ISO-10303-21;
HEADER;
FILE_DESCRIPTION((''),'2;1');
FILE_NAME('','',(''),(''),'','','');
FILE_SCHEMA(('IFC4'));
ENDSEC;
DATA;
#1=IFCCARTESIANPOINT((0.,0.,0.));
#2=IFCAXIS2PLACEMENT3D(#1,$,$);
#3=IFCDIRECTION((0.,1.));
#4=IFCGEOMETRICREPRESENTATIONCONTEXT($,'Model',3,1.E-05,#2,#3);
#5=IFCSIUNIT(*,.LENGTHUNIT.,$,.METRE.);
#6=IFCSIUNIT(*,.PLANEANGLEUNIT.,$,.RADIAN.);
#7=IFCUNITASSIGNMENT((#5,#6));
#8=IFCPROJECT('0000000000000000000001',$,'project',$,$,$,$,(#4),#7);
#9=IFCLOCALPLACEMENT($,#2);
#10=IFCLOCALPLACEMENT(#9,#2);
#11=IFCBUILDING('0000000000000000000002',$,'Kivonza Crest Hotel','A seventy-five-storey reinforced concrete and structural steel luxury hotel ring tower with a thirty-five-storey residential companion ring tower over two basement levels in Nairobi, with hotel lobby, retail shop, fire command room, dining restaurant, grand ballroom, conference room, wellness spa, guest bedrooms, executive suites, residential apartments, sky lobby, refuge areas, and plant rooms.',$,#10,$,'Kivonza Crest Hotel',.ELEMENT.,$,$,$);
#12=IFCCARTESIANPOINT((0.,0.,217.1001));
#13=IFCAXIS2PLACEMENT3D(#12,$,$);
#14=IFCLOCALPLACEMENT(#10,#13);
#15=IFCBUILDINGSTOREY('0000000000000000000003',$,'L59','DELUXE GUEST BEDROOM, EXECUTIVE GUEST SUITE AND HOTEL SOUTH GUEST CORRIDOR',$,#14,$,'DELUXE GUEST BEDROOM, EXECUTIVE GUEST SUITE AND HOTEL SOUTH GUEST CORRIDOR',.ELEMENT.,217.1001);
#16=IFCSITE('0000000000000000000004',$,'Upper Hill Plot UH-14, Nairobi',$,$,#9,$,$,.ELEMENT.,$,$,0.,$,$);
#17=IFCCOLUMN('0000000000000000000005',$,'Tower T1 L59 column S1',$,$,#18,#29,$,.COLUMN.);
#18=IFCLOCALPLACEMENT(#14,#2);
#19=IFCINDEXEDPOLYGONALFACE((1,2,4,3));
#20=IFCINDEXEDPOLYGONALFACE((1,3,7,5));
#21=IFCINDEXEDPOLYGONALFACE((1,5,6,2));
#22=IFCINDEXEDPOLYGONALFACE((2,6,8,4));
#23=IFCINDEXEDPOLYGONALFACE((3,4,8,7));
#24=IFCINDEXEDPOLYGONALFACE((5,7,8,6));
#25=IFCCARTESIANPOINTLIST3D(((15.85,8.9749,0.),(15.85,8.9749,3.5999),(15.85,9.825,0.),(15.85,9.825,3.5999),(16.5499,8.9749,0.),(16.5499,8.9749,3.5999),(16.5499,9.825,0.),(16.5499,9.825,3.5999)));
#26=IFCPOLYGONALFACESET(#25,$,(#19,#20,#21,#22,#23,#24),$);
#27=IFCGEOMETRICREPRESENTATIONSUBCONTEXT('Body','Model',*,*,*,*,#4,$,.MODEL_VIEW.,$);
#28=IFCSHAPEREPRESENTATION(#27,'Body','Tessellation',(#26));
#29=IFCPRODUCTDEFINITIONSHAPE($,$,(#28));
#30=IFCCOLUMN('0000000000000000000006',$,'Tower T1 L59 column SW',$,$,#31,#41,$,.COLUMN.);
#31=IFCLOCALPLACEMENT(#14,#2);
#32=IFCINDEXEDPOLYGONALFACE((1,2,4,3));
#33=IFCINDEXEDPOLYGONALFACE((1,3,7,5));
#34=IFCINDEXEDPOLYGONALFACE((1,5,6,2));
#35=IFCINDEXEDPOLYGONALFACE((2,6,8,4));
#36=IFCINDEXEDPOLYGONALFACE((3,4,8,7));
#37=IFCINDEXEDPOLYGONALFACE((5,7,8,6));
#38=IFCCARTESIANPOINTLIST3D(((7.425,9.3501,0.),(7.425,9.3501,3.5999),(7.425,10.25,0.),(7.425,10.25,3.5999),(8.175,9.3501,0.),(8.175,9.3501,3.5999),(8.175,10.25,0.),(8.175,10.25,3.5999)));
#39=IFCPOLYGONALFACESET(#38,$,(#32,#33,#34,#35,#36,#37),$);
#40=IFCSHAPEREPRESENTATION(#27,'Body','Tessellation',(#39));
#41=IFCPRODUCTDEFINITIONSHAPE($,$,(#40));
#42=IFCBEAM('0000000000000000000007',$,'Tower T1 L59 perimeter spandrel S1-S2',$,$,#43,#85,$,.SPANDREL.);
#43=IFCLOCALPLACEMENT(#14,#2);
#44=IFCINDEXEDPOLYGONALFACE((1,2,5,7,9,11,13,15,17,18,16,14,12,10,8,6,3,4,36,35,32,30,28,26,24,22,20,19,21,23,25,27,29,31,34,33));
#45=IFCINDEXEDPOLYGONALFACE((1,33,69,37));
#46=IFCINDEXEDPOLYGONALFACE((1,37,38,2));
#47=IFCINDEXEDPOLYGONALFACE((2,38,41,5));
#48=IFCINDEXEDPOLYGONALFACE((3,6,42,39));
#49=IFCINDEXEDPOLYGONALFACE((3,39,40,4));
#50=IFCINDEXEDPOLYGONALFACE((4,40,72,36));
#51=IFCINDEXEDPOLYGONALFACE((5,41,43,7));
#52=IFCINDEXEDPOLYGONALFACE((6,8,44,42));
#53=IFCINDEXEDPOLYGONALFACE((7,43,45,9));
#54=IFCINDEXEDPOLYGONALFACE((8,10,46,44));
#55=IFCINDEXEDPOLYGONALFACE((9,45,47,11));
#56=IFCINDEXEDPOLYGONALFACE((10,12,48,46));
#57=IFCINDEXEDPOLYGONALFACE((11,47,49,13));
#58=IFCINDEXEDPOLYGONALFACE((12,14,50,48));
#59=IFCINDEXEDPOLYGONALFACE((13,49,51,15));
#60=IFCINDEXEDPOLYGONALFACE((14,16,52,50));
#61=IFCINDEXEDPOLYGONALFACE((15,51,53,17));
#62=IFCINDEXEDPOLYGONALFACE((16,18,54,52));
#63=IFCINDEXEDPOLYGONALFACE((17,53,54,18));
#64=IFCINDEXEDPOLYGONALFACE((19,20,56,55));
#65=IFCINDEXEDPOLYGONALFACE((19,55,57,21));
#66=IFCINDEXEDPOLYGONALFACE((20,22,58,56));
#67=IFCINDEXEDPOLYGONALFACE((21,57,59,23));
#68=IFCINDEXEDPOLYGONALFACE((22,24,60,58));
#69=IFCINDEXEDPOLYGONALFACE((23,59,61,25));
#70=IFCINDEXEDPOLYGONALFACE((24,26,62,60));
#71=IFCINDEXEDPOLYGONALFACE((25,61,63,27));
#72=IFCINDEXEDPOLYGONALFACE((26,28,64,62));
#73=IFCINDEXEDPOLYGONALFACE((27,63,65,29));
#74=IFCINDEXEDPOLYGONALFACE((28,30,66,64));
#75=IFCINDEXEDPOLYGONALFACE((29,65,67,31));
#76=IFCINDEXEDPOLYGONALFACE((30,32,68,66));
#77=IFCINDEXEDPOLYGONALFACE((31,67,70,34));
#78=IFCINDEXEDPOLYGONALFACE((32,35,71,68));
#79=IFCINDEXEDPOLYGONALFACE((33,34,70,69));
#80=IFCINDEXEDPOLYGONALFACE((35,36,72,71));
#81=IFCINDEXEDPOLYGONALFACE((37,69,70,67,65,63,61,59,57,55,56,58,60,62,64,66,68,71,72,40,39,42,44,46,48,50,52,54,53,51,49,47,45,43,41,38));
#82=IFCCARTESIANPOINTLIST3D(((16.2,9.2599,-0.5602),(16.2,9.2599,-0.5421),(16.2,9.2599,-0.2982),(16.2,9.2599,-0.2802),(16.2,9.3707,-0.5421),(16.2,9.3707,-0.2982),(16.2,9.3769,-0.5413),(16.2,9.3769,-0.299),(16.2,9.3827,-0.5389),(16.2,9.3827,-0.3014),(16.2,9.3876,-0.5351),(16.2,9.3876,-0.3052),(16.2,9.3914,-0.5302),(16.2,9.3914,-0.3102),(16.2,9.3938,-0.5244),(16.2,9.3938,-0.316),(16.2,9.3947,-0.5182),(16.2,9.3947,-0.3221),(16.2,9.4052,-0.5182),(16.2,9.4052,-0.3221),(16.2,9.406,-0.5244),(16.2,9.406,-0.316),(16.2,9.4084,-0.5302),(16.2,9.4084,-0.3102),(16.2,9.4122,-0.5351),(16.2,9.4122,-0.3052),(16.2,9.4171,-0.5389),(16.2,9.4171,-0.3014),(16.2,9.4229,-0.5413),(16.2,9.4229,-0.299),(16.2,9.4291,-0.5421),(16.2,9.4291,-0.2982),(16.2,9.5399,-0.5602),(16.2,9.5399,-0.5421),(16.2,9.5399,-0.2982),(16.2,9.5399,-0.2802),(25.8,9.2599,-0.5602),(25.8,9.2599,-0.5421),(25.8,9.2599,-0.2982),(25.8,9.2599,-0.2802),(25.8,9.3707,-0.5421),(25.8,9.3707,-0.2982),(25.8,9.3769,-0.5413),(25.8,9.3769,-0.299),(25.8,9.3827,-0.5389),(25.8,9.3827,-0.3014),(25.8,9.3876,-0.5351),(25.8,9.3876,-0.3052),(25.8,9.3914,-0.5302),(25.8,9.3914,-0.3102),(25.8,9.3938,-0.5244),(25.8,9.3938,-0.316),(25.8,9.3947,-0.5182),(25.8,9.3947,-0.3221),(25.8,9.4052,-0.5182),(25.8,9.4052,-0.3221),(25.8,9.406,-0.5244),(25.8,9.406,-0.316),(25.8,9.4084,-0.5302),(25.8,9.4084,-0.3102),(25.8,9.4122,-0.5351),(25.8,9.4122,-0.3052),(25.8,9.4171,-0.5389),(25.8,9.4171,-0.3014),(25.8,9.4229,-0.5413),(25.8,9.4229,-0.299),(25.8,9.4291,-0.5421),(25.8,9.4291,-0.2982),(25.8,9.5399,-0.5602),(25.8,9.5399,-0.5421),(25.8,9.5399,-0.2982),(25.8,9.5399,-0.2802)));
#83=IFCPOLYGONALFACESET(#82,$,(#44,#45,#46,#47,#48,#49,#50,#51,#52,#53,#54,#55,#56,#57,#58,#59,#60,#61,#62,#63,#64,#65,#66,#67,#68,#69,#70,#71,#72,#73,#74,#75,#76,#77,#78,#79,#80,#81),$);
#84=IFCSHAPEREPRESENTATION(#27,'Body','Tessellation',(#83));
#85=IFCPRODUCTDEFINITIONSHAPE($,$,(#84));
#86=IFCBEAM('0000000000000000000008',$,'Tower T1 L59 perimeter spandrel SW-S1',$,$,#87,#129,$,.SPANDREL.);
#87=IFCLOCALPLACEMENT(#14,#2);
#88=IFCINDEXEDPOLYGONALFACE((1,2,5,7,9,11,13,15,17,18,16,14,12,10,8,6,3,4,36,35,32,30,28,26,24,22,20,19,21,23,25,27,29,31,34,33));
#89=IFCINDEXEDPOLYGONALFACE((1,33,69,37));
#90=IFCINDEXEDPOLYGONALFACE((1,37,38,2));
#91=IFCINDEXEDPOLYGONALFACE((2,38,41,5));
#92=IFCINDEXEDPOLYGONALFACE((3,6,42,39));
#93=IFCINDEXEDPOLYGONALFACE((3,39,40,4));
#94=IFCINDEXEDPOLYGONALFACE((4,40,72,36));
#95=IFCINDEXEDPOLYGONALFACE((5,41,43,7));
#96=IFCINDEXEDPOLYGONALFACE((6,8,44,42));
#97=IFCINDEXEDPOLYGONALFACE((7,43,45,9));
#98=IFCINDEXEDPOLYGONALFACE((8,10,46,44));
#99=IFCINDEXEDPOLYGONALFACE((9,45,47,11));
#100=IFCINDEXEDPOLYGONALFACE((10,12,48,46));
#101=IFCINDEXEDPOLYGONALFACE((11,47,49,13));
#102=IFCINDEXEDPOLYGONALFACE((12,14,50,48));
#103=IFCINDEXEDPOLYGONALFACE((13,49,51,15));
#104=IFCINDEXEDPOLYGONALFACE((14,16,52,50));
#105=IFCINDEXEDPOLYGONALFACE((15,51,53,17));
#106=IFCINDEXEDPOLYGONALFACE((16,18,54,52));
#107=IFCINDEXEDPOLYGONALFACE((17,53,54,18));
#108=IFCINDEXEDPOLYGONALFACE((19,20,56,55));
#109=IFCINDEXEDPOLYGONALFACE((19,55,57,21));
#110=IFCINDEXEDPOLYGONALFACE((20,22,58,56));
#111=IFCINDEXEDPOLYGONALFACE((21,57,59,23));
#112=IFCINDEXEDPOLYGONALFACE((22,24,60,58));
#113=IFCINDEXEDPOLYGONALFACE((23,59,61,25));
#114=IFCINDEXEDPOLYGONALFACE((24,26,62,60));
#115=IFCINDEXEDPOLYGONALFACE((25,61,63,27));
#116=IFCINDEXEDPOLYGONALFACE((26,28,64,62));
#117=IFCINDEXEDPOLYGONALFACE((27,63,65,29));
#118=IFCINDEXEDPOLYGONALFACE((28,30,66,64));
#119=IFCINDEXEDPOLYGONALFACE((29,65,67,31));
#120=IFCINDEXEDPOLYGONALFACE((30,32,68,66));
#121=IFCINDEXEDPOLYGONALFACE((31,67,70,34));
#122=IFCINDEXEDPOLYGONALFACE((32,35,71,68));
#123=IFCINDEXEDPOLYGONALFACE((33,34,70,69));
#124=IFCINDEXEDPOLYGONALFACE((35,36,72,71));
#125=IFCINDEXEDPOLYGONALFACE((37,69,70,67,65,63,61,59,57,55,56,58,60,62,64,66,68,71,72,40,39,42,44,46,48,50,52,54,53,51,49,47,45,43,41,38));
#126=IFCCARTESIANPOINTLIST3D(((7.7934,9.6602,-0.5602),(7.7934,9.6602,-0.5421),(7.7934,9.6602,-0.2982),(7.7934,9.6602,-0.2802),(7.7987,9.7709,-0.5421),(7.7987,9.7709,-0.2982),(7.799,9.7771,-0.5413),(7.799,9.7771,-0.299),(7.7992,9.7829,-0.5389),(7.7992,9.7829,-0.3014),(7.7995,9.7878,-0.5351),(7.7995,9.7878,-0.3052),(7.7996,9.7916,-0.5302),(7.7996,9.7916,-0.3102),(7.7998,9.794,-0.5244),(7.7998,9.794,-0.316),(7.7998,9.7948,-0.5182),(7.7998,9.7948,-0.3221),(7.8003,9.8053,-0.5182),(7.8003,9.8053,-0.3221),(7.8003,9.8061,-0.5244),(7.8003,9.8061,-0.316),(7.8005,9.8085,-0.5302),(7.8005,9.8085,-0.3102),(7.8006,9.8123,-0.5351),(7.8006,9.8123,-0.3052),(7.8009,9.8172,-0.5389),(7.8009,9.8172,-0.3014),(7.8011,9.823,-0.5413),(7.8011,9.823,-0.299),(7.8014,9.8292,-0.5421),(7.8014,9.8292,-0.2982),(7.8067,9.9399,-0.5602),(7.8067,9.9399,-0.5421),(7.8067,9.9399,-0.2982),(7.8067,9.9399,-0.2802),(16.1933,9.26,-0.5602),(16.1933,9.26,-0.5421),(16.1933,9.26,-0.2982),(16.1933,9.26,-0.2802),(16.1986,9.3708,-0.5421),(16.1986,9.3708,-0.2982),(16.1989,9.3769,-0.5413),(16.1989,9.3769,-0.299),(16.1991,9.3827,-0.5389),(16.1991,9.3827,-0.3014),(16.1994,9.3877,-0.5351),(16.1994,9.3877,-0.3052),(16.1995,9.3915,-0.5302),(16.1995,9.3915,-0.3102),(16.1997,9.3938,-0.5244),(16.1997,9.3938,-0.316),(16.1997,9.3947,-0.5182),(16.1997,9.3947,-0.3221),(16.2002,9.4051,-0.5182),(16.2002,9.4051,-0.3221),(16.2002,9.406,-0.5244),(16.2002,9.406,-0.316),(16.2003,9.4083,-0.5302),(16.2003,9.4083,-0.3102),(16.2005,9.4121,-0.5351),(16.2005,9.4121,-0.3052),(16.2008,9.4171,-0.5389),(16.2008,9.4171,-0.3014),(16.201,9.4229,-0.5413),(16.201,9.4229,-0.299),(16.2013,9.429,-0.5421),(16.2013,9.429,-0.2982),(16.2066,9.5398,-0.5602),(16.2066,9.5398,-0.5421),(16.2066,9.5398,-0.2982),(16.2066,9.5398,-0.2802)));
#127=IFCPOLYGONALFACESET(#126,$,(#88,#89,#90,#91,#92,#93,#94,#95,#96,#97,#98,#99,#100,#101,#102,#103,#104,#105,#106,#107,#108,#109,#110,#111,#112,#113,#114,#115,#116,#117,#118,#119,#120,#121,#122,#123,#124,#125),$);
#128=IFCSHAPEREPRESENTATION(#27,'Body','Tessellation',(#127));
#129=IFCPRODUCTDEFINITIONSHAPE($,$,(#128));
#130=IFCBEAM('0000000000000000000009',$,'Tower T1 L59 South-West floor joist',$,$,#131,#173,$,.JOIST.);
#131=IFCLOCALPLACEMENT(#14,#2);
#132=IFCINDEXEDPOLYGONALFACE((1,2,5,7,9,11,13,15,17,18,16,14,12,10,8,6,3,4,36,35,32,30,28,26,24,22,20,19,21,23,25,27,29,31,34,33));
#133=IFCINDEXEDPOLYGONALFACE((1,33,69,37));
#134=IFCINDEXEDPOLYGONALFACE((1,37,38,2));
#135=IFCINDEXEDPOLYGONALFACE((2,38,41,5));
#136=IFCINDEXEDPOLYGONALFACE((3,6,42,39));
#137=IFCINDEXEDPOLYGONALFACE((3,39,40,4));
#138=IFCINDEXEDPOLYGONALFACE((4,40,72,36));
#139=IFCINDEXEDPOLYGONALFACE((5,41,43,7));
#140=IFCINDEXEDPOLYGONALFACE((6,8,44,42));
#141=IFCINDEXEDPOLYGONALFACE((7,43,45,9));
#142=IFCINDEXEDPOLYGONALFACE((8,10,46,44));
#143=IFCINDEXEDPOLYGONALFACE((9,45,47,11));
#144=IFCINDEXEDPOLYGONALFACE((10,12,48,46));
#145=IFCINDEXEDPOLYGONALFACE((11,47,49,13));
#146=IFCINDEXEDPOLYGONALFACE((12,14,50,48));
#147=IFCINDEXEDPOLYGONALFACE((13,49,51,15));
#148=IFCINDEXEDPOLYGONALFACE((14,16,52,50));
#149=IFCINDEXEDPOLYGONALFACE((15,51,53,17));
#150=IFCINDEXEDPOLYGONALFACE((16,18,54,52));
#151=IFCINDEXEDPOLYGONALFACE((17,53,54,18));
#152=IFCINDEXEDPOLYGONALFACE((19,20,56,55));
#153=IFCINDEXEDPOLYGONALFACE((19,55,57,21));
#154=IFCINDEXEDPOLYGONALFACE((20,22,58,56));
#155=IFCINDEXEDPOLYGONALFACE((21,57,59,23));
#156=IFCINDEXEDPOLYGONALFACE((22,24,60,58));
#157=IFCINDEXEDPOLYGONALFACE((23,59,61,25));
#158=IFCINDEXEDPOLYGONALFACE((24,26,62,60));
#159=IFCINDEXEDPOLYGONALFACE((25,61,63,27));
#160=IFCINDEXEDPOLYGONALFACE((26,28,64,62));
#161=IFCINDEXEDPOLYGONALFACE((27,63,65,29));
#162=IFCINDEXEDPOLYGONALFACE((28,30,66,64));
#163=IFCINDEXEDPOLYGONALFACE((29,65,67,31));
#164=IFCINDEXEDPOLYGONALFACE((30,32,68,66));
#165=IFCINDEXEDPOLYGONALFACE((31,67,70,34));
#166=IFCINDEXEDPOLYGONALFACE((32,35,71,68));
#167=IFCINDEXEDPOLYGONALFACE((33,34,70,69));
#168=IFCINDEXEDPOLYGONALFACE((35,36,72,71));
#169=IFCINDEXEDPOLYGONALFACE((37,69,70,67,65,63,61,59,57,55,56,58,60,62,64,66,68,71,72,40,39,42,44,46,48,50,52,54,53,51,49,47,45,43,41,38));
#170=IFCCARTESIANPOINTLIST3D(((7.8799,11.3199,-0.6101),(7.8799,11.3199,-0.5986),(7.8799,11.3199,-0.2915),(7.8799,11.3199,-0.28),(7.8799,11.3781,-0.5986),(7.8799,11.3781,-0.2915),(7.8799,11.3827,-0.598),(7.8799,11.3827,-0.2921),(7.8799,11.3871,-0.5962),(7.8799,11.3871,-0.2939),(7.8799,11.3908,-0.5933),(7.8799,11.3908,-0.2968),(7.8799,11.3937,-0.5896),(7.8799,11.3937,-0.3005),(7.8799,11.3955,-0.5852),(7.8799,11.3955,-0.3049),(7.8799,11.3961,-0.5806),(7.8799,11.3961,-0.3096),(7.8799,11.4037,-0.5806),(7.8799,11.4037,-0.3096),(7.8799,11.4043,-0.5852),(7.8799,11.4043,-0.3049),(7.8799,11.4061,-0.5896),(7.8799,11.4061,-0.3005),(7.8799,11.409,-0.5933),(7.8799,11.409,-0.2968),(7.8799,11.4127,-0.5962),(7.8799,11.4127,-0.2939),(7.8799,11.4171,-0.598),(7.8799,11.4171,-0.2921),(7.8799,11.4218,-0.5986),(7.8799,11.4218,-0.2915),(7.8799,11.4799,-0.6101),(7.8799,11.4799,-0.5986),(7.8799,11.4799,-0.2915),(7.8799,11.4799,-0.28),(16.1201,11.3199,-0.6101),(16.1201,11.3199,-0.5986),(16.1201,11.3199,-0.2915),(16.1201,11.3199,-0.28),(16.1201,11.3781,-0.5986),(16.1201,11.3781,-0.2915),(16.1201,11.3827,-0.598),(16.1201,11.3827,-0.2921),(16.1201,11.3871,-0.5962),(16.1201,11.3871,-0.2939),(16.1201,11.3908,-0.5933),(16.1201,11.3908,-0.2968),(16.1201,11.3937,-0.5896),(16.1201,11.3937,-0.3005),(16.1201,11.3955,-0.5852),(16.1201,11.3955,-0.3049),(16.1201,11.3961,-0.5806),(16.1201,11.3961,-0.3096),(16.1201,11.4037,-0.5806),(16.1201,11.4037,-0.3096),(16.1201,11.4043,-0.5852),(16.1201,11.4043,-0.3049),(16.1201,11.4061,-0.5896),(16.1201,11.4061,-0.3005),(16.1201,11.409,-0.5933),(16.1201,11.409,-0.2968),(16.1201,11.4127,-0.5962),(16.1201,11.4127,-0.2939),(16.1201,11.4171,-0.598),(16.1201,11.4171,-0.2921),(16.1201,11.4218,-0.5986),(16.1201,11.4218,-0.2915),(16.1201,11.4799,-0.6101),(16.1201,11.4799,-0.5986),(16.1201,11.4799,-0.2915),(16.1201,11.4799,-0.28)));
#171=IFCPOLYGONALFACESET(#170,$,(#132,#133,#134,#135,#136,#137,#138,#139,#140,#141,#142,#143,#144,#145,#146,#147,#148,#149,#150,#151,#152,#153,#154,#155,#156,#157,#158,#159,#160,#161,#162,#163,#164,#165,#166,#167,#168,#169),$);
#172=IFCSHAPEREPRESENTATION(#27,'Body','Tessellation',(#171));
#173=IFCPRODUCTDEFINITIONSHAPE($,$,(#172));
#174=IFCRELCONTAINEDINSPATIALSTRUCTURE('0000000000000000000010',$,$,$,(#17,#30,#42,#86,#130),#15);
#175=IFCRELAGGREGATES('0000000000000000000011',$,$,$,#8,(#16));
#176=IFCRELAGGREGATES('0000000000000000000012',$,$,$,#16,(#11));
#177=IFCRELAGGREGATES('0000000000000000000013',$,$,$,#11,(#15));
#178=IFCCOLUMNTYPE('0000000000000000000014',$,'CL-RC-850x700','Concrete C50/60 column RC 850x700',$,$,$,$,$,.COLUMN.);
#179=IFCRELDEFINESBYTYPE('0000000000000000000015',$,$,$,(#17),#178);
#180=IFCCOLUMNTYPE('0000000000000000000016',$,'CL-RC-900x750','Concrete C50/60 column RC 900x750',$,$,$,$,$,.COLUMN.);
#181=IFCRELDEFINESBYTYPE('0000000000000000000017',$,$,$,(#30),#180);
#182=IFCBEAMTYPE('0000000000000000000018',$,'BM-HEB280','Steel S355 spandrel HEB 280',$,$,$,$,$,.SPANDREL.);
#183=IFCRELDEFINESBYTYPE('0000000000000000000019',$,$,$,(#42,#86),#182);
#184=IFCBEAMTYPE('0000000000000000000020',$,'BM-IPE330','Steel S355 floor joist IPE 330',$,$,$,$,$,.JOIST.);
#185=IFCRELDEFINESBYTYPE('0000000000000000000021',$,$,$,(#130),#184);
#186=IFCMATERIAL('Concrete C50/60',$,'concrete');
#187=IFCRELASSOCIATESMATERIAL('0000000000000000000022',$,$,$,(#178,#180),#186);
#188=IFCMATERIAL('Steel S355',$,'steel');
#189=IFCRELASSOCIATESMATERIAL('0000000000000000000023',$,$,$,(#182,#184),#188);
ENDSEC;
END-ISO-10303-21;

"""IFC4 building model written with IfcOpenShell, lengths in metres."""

from ifc_helpers import new_model, si_unit, direction, frame, origin, origin_2d, place, context, subcontext, project, spatial, rectangle, i_section, extrude, material, material_profile, profile_set, type_object, element, save


model = new_model("IFC4")

# Units and contexts
model_context = context("Model", 3, precision=1e-05, world=origin(), true_north=direction((0.0, 1.0)))
body_context = subcontext(model_context, "Body", "Model", "MODEL_VIEW")
ifc_project = project(units=[si_unit("LENGTHUNIT", "METRE"), si_unit("PLANEANGLEUNIT", "RADIAN")], contexts=[model_context])

# Site, building, storey
site_placement = place(None, origin())
site = spatial("IfcSite", under=ifc_project, at=site_placement, Name="Upper Hill Plot UH-14, Nairobi", CompositionType="ELEMENT", RefElevation=0.0)
building_placement = place(site_placement, origin())
building = spatial("IfcBuilding", under=site, at=building_placement, Name="Kivonza Crest Hotel", Description="A seventy-five-storey reinforced concrete and structural steel luxury hotel ring tower with a thirty-five-storey residential companion ring tower over two basement levels in Nairobi, with hotel lobby, retail shop, fire command room, dining restaurant, grand ballroom, conference room, wellness spa, guest bedrooms, executive suites, residential apartments, sky lobby, refuge areas, and plant rooms.", LongName="Kivonza Crest Hotel", CompositionType="ELEMENT")
storey_placement = place(building_placement, frame((0.0, 0.0, 217.1001)))
storey = spatial("IfcBuildingStorey", under=building, at=storey_placement, Name="L59", Description="DELUXE GUEST BEDROOM, EXECUTIVE GUEST SUITE AND HOTEL SOUTH GUEST CORRIDOR", LongName="DELUXE GUEST BEDROOM, EXECUTIVE GUEST SUITE AND HOTEL SOUTH GUEST CORRIDOR", CompositionType="ELEMENT", Elevation=217.1001)

# Columns
ifc_material_1 = material(Name="Concrete C50/60", Category="concrete")
ifc_material_profile_1 = material_profile(ifc_material_1, rectangle(XDim=0.7, YDim=0.8501, at=origin_2d()), Name="RC 850x700")
ifc_profile_set_1 = profile_set([ifc_material_profile_1], Name="Concrete C50/60")
column_type_1 = type_object("IfcColumnType", Name="CL-RC-850x700", Description="Concrete C50/60 column RC 850x700", PredefinedType="COLUMN", material=ifc_profile_set_1)
column_1_placement = place(storey_placement, frame((16.2, 9.3999, 0.0), z_axis=(0.0, 0.0, 1.0), x_axis=(1.0, 0.0, 0.0)))
element("IfcColumn", 1, at=column_1_placement, inside=storey, type_object=column_type_1, Name="Tower T1 L59 column S1", PredefinedType="COLUMN", context=body_context, shape_type="SweptSolid", body=[
    extrude(rectangle(XDim=0.7, YDim=0.8501, at=origin_2d()), origin(), (0.0, 0.0, 1.0), 3.5999),
])
ifc_material_profile_2 = material_profile(ifc_material_1, rectangle(XDim=0.75, YDim=0.8999, at=origin_2d()), Name="RC 900x750")
ifc_profile_set_2 = profile_set([ifc_material_profile_2], Name="Concrete C50/60")
column_type_2 = type_object("IfcColumnType", Name="CL-RC-900x750", Description="Concrete C50/60 column RC 900x750", PredefinedType="COLUMN", material=ifc_profile_set_2)
column_2_placement = place(storey_placement, frame((7.8, 9.8, 0.0), z_axis=(0.0, 0.0, 1.0), x_axis=(1.0, 0.0, 0.0)))
element("IfcColumn", 2, at=column_2_placement, inside=storey, type_object=column_type_2, Name="Tower T1 L59 column SW", PredefinedType="COLUMN", context=body_context, shape_type="SweptSolid", body=[
    extrude(rectangle(XDim=0.75, YDim=0.8999, at=origin_2d()), origin(), (0.0, 0.0, 1.0), 3.5999),
])

# Beams
ifc_material_2 = material(Name="Steel S355", Category="steel")
ifc_material_profile_3 = material_profile(ifc_material_2, i_section(OverallWidth=0.28, OverallDepth=0.28, WebThickness=0.0105, FlangeThickness=0.0181, FilletRadius=0.0239, at=origin_2d()), Name="HEB 280")
ifc_profile_set_3 = profile_set([ifc_material_profile_3], Name="Steel S355")
beam_type_1 = type_object("IfcBeamType", Name="BM-HEB280", Description="Steel S355 spandrel HEB 280", PredefinedType="SPANDREL", material=ifc_profile_set_3)
beam_1_placement = place(storey_placement, frame((16.2, 9.3999, -0.4202), z_axis=(1.0, 0.0, 0.0), x_axis=(0.0, 1.0, 0.0)))
element("IfcBeam", 3, at=beam_1_placement, inside=storey, type_object=beam_type_1, Name="Tower T1 L59 perimeter spandrel S1-S2", PredefinedType="SPANDREL", context=body_context, shape_type="SweptSolid", body=[
    extrude(i_section(OverallWidth=0.28, OverallDepth=0.28, WebThickness=0.0105, FlangeThickness=0.0181, FilletRadius=0.0239, at=origin_2d()), origin(), (0.0, 0.0, 1.0), 9.6001),
])
beam_2_placement = place(storey_placement, frame((7.8, 9.8, -0.4202), z_axis=(0.998867, -0.047583, 0.0), x_axis=(0.047583, 0.998867, 0.0)))
element("IfcBeam", 4, at=beam_2_placement, inside=storey, type_object=beam_type_1, Name="Tower T1 L59 perimeter spandrel SW-S1", PredefinedType="SPANDREL", context=body_context, shape_type="SweptSolid", body=[
    extrude(i_section(OverallWidth=0.28, OverallDepth=0.28, WebThickness=0.0105, FlangeThickness=0.0181, FilletRadius=0.0239, at=origin_2d()), origin(), (0.0, 0.0, 1.0), 8.4094),
])
ifc_material_profile_4 = material_profile(ifc_material_2, i_section(OverallWidth=0.1599, OverallDepth=0.3301, WebThickness=0.0076, FlangeThickness=0.0115, FilletRadius=0.0181, at=origin_2d()), Name="IPE 330")
ifc_profile_set_4 = profile_set([ifc_material_profile_4], Name="Steel S355")
beam_type_2 = type_object("IfcBeamType", Name="BM-IPE330", Description="Steel S355 floor joist IPE 330", PredefinedType="JOIST", material=ifc_profile_set_4)
beam_3_placement = place(storey_placement, frame((7.8799, 11.3999, -0.4451), z_axis=(1.0, 0.0, 0.0), x_axis=(0.0, 1.0, 0.0)))
element("IfcBeam", 5, at=beam_3_placement, inside=storey, type_object=beam_type_2, Name="Tower T1 L59 South-West floor joist", PredefinedType="JOIST", context=body_context, shape_type="SweptSolid", body=[
    extrude(i_section(OverallWidth=0.1599, OverallDepth=0.3301, WebThickness=0.0076, FlangeThickness=0.0115, FilletRadius=0.0181, at=origin_2d()), origin(), (0.0, 0.0, 1.0), 8.2402),
])

save(model, "model.ifc")
